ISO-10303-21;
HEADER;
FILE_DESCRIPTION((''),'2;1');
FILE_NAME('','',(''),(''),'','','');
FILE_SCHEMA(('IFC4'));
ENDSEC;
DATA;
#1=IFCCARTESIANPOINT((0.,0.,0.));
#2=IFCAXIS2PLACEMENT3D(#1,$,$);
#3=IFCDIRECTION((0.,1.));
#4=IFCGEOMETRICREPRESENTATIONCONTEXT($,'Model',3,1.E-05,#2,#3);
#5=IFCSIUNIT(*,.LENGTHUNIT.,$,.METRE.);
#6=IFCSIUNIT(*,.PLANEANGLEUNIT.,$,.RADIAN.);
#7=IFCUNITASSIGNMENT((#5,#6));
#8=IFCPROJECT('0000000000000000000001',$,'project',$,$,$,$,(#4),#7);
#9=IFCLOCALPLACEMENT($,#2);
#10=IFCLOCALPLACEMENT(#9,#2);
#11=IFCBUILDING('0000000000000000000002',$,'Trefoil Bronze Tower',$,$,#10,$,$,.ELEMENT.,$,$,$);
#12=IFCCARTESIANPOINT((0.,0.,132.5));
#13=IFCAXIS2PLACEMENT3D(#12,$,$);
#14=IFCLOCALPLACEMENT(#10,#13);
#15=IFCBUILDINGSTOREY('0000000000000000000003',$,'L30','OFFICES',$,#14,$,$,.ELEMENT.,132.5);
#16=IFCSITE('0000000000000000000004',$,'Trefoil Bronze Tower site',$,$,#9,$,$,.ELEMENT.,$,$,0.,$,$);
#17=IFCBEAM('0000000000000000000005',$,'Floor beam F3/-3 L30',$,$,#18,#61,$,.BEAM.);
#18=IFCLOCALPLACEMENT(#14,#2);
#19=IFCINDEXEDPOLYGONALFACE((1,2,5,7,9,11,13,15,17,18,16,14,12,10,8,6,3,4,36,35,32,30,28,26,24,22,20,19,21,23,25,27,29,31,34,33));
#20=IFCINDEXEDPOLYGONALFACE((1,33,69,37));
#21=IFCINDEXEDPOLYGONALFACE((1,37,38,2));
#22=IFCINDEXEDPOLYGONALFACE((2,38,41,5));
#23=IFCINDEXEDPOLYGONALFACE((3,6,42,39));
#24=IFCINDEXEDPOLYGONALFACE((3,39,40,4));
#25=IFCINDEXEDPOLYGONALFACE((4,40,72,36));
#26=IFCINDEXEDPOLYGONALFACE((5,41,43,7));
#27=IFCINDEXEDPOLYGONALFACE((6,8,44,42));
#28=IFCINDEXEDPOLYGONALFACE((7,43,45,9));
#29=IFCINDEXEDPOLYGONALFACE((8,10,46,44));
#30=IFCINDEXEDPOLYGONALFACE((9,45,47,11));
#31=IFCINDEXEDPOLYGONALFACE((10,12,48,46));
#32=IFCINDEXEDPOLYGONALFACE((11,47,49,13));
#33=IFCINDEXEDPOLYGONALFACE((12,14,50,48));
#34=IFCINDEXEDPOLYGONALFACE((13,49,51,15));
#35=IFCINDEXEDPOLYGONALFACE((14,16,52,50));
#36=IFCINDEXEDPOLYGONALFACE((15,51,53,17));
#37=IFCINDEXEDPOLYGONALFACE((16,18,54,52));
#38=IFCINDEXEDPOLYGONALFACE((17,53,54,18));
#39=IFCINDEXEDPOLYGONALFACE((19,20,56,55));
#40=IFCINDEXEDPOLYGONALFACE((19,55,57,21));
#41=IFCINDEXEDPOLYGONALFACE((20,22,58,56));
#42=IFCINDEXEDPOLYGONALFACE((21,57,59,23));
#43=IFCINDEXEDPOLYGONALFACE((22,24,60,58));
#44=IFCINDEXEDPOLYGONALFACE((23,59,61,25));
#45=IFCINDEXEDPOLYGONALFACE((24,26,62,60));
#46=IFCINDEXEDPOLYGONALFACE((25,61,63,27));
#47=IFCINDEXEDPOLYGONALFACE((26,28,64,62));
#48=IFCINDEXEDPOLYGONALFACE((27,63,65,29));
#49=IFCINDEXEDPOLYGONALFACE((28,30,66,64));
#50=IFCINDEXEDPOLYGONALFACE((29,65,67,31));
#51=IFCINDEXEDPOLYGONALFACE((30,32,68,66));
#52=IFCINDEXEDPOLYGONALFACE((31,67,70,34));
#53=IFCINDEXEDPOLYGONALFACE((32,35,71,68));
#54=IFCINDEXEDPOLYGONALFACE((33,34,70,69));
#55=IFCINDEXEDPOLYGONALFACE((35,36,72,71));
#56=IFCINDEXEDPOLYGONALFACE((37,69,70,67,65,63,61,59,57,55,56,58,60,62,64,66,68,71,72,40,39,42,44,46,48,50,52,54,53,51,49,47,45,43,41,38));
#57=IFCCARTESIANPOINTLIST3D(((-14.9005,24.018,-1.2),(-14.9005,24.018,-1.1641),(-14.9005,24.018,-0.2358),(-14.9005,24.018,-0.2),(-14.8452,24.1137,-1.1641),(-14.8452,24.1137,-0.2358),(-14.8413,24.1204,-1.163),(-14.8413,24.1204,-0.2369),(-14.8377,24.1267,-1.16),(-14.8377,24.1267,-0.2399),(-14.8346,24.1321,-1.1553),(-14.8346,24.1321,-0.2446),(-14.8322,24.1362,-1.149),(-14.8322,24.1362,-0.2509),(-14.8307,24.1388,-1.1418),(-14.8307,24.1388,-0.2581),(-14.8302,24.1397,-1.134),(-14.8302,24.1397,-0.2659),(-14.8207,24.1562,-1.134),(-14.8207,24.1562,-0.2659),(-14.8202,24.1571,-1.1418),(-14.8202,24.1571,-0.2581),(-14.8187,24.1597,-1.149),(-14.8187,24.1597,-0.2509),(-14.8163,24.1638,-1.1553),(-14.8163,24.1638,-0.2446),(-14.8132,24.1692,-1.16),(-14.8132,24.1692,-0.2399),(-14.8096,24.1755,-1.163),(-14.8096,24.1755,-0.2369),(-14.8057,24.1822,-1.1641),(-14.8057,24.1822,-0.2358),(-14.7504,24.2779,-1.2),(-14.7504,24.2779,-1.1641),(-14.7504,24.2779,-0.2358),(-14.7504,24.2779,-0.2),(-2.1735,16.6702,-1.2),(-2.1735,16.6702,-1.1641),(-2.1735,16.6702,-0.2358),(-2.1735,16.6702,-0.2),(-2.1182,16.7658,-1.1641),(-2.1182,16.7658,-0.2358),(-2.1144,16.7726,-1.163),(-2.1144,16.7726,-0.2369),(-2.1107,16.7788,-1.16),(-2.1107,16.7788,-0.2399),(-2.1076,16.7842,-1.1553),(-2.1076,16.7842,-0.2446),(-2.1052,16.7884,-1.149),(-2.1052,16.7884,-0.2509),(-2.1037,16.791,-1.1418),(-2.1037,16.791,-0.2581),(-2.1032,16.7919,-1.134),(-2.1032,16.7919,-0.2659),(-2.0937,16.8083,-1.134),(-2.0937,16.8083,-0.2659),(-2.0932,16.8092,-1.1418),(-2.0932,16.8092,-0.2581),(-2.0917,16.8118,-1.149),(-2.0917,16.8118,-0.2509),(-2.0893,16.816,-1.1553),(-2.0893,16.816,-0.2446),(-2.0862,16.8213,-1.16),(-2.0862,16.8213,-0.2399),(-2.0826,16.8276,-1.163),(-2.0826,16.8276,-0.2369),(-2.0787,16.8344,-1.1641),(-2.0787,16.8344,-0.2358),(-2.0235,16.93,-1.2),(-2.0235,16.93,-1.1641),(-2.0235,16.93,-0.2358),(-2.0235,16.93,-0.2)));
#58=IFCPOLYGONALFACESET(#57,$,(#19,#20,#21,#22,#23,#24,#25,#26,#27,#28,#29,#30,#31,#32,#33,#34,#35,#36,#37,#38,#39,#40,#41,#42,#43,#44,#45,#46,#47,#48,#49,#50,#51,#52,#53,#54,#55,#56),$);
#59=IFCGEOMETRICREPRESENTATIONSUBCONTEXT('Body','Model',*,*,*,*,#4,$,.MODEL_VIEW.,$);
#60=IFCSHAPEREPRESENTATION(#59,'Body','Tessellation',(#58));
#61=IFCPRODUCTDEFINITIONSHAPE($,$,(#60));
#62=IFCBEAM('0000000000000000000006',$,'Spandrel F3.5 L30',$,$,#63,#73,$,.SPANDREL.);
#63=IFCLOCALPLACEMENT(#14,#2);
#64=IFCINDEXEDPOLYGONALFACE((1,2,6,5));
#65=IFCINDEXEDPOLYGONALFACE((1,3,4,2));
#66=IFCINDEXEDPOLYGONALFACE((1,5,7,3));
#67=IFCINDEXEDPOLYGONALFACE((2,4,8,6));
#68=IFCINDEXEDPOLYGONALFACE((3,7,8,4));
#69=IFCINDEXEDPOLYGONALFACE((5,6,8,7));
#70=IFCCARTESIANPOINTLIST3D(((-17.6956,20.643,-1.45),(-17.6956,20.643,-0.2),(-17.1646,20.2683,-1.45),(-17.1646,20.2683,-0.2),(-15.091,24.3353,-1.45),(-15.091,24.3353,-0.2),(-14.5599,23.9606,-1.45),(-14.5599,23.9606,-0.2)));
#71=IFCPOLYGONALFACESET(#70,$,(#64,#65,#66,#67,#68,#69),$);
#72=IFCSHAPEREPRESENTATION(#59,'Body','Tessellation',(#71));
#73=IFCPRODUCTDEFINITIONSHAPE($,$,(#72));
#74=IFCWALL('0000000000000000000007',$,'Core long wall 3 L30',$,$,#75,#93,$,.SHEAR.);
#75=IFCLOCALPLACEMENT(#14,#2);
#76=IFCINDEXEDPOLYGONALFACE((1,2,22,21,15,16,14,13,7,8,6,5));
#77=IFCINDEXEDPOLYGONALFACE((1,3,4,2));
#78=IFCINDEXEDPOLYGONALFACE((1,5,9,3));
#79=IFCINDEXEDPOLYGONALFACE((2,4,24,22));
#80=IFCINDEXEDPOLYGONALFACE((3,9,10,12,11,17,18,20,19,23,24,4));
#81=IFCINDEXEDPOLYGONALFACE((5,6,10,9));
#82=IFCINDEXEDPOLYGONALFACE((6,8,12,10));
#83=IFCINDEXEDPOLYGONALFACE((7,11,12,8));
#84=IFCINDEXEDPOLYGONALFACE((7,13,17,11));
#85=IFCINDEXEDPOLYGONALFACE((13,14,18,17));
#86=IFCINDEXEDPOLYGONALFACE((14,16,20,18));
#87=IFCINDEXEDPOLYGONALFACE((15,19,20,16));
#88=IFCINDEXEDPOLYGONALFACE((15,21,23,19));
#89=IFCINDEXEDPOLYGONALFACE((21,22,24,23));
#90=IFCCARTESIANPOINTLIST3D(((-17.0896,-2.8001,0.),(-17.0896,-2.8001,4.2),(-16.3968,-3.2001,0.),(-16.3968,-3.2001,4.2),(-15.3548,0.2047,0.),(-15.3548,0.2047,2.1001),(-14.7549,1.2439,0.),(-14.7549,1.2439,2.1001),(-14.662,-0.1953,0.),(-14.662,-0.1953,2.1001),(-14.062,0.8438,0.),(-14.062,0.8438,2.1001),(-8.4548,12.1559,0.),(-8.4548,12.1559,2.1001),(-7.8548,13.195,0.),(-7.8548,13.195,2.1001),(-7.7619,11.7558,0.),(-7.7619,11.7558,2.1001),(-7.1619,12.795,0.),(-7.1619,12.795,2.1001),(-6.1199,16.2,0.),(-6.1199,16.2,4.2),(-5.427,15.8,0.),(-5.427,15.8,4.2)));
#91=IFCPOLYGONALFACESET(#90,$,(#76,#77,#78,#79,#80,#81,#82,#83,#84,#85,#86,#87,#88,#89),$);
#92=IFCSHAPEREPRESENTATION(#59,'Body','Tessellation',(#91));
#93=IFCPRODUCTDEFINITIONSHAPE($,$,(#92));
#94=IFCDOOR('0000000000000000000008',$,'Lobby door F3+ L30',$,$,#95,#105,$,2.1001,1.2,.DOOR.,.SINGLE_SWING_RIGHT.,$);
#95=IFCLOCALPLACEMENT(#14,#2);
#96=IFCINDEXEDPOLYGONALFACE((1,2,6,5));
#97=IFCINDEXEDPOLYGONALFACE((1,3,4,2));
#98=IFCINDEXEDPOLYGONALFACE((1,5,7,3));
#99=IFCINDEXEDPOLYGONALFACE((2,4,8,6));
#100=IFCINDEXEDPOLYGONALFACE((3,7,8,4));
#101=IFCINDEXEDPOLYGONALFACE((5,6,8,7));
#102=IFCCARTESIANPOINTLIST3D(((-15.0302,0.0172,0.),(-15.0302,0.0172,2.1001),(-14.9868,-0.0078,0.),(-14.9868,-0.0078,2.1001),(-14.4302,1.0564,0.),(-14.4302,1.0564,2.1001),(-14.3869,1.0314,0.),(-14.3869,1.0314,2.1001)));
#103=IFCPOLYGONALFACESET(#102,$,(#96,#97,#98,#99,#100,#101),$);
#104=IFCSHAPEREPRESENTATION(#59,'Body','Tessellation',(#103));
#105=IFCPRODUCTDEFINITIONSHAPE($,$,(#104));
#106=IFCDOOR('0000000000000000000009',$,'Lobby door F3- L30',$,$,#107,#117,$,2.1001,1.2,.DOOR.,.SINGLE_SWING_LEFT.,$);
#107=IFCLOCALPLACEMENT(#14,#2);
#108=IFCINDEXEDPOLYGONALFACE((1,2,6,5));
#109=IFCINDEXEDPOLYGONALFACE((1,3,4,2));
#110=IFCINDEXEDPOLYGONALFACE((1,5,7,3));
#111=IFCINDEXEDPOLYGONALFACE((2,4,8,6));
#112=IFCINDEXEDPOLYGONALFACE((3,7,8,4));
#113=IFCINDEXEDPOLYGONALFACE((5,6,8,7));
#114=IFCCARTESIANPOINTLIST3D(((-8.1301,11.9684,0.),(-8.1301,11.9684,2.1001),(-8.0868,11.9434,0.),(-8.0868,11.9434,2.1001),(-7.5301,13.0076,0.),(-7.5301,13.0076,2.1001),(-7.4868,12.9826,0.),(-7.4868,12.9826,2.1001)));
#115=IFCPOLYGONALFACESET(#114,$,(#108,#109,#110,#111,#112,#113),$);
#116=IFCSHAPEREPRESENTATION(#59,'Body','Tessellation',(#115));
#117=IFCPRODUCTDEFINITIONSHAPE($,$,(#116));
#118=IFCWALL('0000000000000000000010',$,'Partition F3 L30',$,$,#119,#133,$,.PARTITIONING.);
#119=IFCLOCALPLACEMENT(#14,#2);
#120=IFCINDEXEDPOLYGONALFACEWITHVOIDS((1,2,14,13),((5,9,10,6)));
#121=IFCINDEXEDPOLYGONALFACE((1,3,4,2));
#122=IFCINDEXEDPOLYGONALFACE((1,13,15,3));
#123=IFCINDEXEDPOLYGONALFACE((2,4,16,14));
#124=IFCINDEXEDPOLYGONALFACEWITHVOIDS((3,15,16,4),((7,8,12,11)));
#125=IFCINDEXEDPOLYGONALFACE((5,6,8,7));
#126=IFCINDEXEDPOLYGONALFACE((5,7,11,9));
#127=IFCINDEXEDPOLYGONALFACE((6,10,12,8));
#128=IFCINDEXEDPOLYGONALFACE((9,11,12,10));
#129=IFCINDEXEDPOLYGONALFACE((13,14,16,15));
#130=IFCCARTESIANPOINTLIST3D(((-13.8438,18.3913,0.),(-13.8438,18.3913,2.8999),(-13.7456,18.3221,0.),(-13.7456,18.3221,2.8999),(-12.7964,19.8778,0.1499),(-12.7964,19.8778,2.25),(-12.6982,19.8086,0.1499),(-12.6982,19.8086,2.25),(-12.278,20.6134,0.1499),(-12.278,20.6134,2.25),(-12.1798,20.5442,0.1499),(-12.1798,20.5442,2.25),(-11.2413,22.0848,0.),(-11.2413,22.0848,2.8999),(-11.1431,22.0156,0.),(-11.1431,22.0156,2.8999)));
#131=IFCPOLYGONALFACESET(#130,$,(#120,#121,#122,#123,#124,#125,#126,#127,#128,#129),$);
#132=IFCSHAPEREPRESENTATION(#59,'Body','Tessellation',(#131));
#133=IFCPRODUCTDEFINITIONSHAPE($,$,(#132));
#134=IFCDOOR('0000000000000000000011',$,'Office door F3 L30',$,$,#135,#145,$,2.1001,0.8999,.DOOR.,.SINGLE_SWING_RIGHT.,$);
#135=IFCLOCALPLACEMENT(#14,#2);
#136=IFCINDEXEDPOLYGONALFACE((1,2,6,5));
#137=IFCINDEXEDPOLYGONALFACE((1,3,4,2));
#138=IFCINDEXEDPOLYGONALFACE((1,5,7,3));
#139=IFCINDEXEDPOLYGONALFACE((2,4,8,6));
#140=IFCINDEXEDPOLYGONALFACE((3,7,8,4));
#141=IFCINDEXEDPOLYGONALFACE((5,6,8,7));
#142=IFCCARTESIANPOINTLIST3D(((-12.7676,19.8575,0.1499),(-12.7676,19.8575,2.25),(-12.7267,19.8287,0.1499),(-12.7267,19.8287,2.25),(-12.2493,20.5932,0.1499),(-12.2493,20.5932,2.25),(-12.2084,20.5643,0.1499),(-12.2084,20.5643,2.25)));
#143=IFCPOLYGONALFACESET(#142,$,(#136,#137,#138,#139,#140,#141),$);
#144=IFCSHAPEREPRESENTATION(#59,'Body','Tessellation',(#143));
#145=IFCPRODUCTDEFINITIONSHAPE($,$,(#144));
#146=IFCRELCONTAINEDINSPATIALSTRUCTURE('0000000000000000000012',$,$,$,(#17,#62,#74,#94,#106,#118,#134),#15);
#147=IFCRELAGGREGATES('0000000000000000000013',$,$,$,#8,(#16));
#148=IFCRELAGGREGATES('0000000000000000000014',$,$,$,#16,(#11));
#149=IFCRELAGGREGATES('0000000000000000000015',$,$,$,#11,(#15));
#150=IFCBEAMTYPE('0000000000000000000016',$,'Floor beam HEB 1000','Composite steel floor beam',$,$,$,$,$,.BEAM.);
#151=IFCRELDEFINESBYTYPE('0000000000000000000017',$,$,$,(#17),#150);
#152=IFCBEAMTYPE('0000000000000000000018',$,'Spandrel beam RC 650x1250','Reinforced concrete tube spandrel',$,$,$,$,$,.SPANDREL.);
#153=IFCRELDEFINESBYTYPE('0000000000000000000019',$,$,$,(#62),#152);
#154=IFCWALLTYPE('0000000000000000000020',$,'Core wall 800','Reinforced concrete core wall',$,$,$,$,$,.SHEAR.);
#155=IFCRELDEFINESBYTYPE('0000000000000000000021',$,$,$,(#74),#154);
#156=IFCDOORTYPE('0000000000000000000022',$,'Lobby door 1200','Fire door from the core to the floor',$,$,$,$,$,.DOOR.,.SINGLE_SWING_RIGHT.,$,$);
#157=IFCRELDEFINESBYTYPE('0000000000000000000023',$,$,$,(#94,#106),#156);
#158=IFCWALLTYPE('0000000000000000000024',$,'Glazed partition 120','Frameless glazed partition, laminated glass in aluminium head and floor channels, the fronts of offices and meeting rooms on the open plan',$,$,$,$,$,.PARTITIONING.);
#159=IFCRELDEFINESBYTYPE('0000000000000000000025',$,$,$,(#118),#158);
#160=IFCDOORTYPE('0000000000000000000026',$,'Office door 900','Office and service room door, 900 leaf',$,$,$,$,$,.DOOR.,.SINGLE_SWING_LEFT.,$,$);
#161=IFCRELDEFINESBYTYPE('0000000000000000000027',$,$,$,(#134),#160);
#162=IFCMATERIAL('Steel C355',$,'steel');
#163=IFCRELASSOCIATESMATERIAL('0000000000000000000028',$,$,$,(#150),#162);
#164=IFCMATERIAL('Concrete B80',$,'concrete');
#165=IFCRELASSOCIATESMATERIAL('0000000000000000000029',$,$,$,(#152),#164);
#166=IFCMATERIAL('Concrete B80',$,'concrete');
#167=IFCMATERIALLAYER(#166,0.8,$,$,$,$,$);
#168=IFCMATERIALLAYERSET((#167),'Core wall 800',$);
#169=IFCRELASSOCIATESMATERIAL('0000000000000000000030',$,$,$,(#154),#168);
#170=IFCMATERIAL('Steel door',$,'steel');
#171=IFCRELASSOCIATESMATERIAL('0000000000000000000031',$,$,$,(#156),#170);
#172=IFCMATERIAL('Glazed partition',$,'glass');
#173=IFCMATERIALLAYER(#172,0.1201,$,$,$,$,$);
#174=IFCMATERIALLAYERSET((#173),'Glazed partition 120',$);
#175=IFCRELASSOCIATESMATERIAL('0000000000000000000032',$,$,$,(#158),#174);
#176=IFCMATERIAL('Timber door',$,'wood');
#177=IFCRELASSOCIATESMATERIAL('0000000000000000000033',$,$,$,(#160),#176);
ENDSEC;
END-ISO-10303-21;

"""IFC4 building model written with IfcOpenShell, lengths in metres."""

from ifc_helpers import new_model, si_unit, direction, frame, frame_2d, origin, origin_2d, place, context, subcontext, project, spatial, rectangle, i_section, extrude, material, layer, layer_set, material_profile, profile_set, type_object, element, fill, save


model = new_model("IFC4")

# Units and contexts
model_context = context("Model", 3, precision=1e-05, world=origin(), true_north=direction((0.0, 1.0)))
body_context = subcontext(model_context, "Body", "Model", "MODEL_VIEW")
ifc_project = project(units=[si_unit("LENGTHUNIT", "METRE"), si_unit("PLANEANGLEUNIT", "RADIAN")], contexts=[model_context])

# Site, building, storey
site_placement = place(None, origin())
site = spatial("IfcSite", under=ifc_project, at=site_placement, Name="Trefoil Bronze Tower site", CompositionType="ELEMENT", RefElevation=0.0)
building_placement = place(site_placement, origin())
building = spatial("IfcBuilding", under=site, at=building_placement, Name="Trefoil Bronze Tower", CompositionType="ELEMENT")
storey_placement = place(building_placement, frame((0.0, 0.0, 132.5)))
storey = spatial("IfcBuildingStorey", under=building, at=storey_placement, Name="L30", Description="OFFICES", CompositionType="ELEMENT", Elevation=132.5)

# Beams
ifc_material_1 = material(Name="Steel C355", Category="steel")
ifc_material_profile_1 = material_profile(ifc_material_1, i_section(OverallWidth=0.3, OverallDepth=1.0, WebThickness=0.019, FlangeThickness=0.0359, FilletRadius=0.03, at=origin_2d()), Name="HEB 1000")
ifc_profile_set_1 = profile_set([ifc_material_profile_1], Name="Steel C355")
beam_type_1 = type_object("IfcBeamType", Name="Floor beam HEB 1000", Description="Composite steel floor beam", PredefinedType="BEAM", material=ifc_profile_set_1)
beam_1_placement = place(storey_placement, frame((-14.8254, 24.1479, -0.7), z_axis=(0.866027, -0.499997, 0.0), x_axis=(0.499997, 0.866027, 0.0)))
element("IfcBeam", 1, at=beam_1_placement, inside=storey, type_object=beam_type_1, Name="Floor beam F3/-3 L30", PredefinedType="BEAM", context=body_context, shape_type="SweptSolid", body=[
    extrude(i_section(OverallWidth=0.3, OverallDepth=1.0, WebThickness=0.019, FlangeThickness=0.0359, FilletRadius=0.03, at=origin_2d()), origin(), (0.0, 0.0, 1.0), 14.6958),
])
ifc_material_2 = material(Name="Concrete B80", Category="concrete")
ifc_material_profile_2 = material_profile(ifc_material_2, rectangle(XDim=0.6499, YDim=1.25, at=origin_2d()), Name="RC 650x1250")
ifc_profile_set_2 = profile_set([ifc_material_profile_2], Name="Concrete B80")
beam_type_2 = type_object("IfcBeamType", Name="Spandrel beam RC 650x1250", Description="Reinforced concrete tube spandrel", PredefinedType="SPANDREL", material=ifc_profile_set_2)
beam_2_placement = place(storey_placement, frame((-14.8254, 24.1479, -0.825), z_axis=(-0.576439, -0.81714, 0.0), x_axis=(0.81714, -0.576439, 0.0)))
element("IfcBeam", 2, at=beam_2_placement, inside=storey, type_object=beam_type_2, Name="Spandrel F3.5 L30", PredefinedType="SPANDREL", context=body_context, shape_type="SweptSolid", body=[
    extrude(rectangle(XDim=0.6499, YDim=1.25, at=origin_2d()), origin(), (0.0, 0.0, 1.0), 4.5186),
])

# Wall, openings, doors
ifc_material_3 = material(Name="Concrete B80", Category="concrete")
ifc_layer_1 = layer(ifc_material_3, 0.8)
ifc_layer_set_1 = layer_set([ifc_layer_1], Name="Core wall 800")
wall_type_1 = type_object("IfcWallType", Name="Core wall 800", Description="Reinforced concrete core wall", PredefinedType="SHEAR", material=ifc_layer_set_1)
wall_1_placement = place(storey_placement, frame((-5.7734, 16.0, 0.0), z_axis=(0.0, 0.0, 1.0), x_axis=(-0.500002, -0.866024, 0.0)))
wall_1 = element("IfcWall", 3, at=wall_1_placement, inside=storey, type_object=wall_type_1, Name="Core long wall 3 L30", PredefinedType="SHEAR", context=body_context, shape_type="SweptSolid", body=[
    extrude(rectangle(XDim=21.9395, YDim=0.8, at=frame_2d((10.9697, 0.0))), origin(), (0.0, 0.0, 1.0), 4.2),
])
opening_1_placement = place(wall_1_placement, frame((17.2698, 0.0, 0.0)))
opening_1 = element("IfcOpeningElement", 4, at=opening_1_placement, cuts=wall_1, PredefinedType="OPENING", context=body_context, shape_type="SweptSolid", body=[
    extrude(rectangle(XDim=1.2, YDim=2.1001, at=frame_2d((0.6001, 1.05))), frame((0.0, 0.4099, 0.0), z_axis=(0.0, -1.0, 0.0), x_axis=(1.0, 0.0, 0.0)), (0.0, 0.0, 1.0), 0.8201),
])
opening_2_placement = place(wall_1_placement, frame((3.4697, 0.0, 0.0)))
opening_2 = element("IfcOpeningElement", 5, at=opening_2_placement, cuts=wall_1, PredefinedType="OPENING", context=body_context, shape_type="SweptSolid", body=[
    extrude(rectangle(XDim=1.2, YDim=2.1001, at=frame_2d((0.6001, 1.05))), frame((0.0, 0.4099, 0.0), z_axis=(0.0, -1.0, 0.0), x_axis=(1.0, 0.0, 0.0)), (0.0, 0.0, 1.0), 0.8201),
])
ifc_material_4 = material(Name="Steel door", Category="steel")
door_type_1 = type_object("IfcDoorType", Name="Lobby door 1200", Description="Fire door from the core to the floor", OperationType="SINGLE_SWING_RIGHT", PredefinedType="DOOR", material=ifc_material_4)
door_1_placement = place(opening_1_placement, origin())
door_1 = element("IfcDoor", 6, at=door_1_placement, inside=storey, type_object=door_type_1, Name="Lobby door F3+ L30", OperationType="SINGLE_SWING_RIGHT", OverallHeight=2.1001, OverallWidth=1.2, PredefinedType="DOOR", context=body_context, shape_type="SweptSolid", body=[
    extrude(rectangle(XDim=1.2, YDim=2.1001, at=frame_2d((0.6001, 1.05))), frame((0.0, 0.0249, 0.0), z_axis=(0.0, -1.0, 0.0), x_axis=(1.0, 0.0, 0.0)), (0.0, 0.0, 1.0), 0.05),
])
fill(opening_1, door_1)
door_2_placement = place(opening_2_placement, origin())
door_2 = element("IfcDoor", 7, at=door_2_placement, inside=storey, type_object=door_type_1, Name="Lobby door F3- L30", OperationType="SINGLE_SWING_LEFT", OverallHeight=2.1001, OverallWidth=1.2, PredefinedType="DOOR", context=body_context, shape_type="SweptSolid", body=[
    extrude(rectangle(XDim=1.2, YDim=2.1001, at=frame_2d((0.6001, 1.05))), frame((0.0, 0.0249, 0.0), z_axis=(0.0, -1.0, 0.0), x_axis=(1.0, 0.0, 0.0)), (0.0, 0.0, 1.0), 0.05),
])
fill(opening_2, door_2)

# Wall, opening, door
ifc_material_5 = material(Name="Glazed partition", Category="glass")
ifc_layer_2 = layer(ifc_material_5, 0.1201)
ifc_layer_set_2 = layer_set([ifc_layer_2], Name="Glazed partition 120")
wall_type_2 = type_object("IfcWallType", Name="Glazed partition 120", Description="Frameless glazed partition, laminated glass in aluminium head and floor channels, the fronts of offices and meeting rooms on the open plan", PredefinedType="PARTITIONING", material=ifc_layer_set_2)
wall_2_placement = place(storey_placement, frame((-11.1921, 22.0503, 0.0), z_axis=(0.0, 0.0, 1.0), x_axis=(-0.575987, -0.817459, 0.0)))
wall_2 = element("IfcWall", 8, at=wall_2_placement, inside=storey, type_object=wall_type_2, Name="Partition F3 L30", PredefinedType="PARTITIONING", context=body_context, shape_type="SweptSolid", body=[
    extrude(rectangle(XDim=4.5183, YDim=0.1201, at=frame_2d((2.2593, 0.0))), origin(), (0.0, 0.0, 1.0), 2.8999),
])
opening_3_placement = place(wall_2_placement, frame((1.8, 0.0, 0.1499)))
opening_3 = element("IfcOpeningElement", 9, at=opening_3_placement, cuts=wall_2, PredefinedType="OPENING", context=body_context, shape_type="SweptSolid", body=[
    extrude(rectangle(XDim=0.8999, YDim=2.1001, at=frame_2d((0.45, 1.05))), frame((0.0, 0.0701, 0.0), z_axis=(0.0, -1.0, 0.0), x_axis=(1.0, 0.0, 0.0)), (0.0, 0.0, 1.0), 0.1401),
])
ifc_material_6 = material(Name="Timber door", Category="wood")
door_type_2 = type_object("IfcDoorType", Name="Office door 900", Description="Office and service room door, 900 leaf", OperationType="SINGLE_SWING_LEFT", PredefinedType="DOOR", material=ifc_material_6)
door_3_placement = place(opening_3_placement, frame((0.8999, 0.0, 0.0), z_axis=(0.0, 0.0, 1.0), x_axis=(-1.0, 0.0, 0.0)))
door_3 = element("IfcDoor", 10, at=door_3_placement, inside=storey, type_object=door_type_2, Name="Office door F3 L30", OperationType="SINGLE_SWING_RIGHT", OverallHeight=2.1001, OverallWidth=0.8999, PredefinedType="DOOR", context=body_context, shape_type="SweptSolid", body=[
    extrude(rectangle(XDim=0.8999, YDim=2.1001, at=frame_2d((0.45, 1.05))), frame((0.0, 0.0249, 0.0), z_axis=(0.0, -1.0, 0.0), x_axis=(1.0, 0.0, 0.0)), (0.0, 0.0, 1.0), 0.05),
])
fill(opening_3, door_3)

save(model, "model.ifc")
